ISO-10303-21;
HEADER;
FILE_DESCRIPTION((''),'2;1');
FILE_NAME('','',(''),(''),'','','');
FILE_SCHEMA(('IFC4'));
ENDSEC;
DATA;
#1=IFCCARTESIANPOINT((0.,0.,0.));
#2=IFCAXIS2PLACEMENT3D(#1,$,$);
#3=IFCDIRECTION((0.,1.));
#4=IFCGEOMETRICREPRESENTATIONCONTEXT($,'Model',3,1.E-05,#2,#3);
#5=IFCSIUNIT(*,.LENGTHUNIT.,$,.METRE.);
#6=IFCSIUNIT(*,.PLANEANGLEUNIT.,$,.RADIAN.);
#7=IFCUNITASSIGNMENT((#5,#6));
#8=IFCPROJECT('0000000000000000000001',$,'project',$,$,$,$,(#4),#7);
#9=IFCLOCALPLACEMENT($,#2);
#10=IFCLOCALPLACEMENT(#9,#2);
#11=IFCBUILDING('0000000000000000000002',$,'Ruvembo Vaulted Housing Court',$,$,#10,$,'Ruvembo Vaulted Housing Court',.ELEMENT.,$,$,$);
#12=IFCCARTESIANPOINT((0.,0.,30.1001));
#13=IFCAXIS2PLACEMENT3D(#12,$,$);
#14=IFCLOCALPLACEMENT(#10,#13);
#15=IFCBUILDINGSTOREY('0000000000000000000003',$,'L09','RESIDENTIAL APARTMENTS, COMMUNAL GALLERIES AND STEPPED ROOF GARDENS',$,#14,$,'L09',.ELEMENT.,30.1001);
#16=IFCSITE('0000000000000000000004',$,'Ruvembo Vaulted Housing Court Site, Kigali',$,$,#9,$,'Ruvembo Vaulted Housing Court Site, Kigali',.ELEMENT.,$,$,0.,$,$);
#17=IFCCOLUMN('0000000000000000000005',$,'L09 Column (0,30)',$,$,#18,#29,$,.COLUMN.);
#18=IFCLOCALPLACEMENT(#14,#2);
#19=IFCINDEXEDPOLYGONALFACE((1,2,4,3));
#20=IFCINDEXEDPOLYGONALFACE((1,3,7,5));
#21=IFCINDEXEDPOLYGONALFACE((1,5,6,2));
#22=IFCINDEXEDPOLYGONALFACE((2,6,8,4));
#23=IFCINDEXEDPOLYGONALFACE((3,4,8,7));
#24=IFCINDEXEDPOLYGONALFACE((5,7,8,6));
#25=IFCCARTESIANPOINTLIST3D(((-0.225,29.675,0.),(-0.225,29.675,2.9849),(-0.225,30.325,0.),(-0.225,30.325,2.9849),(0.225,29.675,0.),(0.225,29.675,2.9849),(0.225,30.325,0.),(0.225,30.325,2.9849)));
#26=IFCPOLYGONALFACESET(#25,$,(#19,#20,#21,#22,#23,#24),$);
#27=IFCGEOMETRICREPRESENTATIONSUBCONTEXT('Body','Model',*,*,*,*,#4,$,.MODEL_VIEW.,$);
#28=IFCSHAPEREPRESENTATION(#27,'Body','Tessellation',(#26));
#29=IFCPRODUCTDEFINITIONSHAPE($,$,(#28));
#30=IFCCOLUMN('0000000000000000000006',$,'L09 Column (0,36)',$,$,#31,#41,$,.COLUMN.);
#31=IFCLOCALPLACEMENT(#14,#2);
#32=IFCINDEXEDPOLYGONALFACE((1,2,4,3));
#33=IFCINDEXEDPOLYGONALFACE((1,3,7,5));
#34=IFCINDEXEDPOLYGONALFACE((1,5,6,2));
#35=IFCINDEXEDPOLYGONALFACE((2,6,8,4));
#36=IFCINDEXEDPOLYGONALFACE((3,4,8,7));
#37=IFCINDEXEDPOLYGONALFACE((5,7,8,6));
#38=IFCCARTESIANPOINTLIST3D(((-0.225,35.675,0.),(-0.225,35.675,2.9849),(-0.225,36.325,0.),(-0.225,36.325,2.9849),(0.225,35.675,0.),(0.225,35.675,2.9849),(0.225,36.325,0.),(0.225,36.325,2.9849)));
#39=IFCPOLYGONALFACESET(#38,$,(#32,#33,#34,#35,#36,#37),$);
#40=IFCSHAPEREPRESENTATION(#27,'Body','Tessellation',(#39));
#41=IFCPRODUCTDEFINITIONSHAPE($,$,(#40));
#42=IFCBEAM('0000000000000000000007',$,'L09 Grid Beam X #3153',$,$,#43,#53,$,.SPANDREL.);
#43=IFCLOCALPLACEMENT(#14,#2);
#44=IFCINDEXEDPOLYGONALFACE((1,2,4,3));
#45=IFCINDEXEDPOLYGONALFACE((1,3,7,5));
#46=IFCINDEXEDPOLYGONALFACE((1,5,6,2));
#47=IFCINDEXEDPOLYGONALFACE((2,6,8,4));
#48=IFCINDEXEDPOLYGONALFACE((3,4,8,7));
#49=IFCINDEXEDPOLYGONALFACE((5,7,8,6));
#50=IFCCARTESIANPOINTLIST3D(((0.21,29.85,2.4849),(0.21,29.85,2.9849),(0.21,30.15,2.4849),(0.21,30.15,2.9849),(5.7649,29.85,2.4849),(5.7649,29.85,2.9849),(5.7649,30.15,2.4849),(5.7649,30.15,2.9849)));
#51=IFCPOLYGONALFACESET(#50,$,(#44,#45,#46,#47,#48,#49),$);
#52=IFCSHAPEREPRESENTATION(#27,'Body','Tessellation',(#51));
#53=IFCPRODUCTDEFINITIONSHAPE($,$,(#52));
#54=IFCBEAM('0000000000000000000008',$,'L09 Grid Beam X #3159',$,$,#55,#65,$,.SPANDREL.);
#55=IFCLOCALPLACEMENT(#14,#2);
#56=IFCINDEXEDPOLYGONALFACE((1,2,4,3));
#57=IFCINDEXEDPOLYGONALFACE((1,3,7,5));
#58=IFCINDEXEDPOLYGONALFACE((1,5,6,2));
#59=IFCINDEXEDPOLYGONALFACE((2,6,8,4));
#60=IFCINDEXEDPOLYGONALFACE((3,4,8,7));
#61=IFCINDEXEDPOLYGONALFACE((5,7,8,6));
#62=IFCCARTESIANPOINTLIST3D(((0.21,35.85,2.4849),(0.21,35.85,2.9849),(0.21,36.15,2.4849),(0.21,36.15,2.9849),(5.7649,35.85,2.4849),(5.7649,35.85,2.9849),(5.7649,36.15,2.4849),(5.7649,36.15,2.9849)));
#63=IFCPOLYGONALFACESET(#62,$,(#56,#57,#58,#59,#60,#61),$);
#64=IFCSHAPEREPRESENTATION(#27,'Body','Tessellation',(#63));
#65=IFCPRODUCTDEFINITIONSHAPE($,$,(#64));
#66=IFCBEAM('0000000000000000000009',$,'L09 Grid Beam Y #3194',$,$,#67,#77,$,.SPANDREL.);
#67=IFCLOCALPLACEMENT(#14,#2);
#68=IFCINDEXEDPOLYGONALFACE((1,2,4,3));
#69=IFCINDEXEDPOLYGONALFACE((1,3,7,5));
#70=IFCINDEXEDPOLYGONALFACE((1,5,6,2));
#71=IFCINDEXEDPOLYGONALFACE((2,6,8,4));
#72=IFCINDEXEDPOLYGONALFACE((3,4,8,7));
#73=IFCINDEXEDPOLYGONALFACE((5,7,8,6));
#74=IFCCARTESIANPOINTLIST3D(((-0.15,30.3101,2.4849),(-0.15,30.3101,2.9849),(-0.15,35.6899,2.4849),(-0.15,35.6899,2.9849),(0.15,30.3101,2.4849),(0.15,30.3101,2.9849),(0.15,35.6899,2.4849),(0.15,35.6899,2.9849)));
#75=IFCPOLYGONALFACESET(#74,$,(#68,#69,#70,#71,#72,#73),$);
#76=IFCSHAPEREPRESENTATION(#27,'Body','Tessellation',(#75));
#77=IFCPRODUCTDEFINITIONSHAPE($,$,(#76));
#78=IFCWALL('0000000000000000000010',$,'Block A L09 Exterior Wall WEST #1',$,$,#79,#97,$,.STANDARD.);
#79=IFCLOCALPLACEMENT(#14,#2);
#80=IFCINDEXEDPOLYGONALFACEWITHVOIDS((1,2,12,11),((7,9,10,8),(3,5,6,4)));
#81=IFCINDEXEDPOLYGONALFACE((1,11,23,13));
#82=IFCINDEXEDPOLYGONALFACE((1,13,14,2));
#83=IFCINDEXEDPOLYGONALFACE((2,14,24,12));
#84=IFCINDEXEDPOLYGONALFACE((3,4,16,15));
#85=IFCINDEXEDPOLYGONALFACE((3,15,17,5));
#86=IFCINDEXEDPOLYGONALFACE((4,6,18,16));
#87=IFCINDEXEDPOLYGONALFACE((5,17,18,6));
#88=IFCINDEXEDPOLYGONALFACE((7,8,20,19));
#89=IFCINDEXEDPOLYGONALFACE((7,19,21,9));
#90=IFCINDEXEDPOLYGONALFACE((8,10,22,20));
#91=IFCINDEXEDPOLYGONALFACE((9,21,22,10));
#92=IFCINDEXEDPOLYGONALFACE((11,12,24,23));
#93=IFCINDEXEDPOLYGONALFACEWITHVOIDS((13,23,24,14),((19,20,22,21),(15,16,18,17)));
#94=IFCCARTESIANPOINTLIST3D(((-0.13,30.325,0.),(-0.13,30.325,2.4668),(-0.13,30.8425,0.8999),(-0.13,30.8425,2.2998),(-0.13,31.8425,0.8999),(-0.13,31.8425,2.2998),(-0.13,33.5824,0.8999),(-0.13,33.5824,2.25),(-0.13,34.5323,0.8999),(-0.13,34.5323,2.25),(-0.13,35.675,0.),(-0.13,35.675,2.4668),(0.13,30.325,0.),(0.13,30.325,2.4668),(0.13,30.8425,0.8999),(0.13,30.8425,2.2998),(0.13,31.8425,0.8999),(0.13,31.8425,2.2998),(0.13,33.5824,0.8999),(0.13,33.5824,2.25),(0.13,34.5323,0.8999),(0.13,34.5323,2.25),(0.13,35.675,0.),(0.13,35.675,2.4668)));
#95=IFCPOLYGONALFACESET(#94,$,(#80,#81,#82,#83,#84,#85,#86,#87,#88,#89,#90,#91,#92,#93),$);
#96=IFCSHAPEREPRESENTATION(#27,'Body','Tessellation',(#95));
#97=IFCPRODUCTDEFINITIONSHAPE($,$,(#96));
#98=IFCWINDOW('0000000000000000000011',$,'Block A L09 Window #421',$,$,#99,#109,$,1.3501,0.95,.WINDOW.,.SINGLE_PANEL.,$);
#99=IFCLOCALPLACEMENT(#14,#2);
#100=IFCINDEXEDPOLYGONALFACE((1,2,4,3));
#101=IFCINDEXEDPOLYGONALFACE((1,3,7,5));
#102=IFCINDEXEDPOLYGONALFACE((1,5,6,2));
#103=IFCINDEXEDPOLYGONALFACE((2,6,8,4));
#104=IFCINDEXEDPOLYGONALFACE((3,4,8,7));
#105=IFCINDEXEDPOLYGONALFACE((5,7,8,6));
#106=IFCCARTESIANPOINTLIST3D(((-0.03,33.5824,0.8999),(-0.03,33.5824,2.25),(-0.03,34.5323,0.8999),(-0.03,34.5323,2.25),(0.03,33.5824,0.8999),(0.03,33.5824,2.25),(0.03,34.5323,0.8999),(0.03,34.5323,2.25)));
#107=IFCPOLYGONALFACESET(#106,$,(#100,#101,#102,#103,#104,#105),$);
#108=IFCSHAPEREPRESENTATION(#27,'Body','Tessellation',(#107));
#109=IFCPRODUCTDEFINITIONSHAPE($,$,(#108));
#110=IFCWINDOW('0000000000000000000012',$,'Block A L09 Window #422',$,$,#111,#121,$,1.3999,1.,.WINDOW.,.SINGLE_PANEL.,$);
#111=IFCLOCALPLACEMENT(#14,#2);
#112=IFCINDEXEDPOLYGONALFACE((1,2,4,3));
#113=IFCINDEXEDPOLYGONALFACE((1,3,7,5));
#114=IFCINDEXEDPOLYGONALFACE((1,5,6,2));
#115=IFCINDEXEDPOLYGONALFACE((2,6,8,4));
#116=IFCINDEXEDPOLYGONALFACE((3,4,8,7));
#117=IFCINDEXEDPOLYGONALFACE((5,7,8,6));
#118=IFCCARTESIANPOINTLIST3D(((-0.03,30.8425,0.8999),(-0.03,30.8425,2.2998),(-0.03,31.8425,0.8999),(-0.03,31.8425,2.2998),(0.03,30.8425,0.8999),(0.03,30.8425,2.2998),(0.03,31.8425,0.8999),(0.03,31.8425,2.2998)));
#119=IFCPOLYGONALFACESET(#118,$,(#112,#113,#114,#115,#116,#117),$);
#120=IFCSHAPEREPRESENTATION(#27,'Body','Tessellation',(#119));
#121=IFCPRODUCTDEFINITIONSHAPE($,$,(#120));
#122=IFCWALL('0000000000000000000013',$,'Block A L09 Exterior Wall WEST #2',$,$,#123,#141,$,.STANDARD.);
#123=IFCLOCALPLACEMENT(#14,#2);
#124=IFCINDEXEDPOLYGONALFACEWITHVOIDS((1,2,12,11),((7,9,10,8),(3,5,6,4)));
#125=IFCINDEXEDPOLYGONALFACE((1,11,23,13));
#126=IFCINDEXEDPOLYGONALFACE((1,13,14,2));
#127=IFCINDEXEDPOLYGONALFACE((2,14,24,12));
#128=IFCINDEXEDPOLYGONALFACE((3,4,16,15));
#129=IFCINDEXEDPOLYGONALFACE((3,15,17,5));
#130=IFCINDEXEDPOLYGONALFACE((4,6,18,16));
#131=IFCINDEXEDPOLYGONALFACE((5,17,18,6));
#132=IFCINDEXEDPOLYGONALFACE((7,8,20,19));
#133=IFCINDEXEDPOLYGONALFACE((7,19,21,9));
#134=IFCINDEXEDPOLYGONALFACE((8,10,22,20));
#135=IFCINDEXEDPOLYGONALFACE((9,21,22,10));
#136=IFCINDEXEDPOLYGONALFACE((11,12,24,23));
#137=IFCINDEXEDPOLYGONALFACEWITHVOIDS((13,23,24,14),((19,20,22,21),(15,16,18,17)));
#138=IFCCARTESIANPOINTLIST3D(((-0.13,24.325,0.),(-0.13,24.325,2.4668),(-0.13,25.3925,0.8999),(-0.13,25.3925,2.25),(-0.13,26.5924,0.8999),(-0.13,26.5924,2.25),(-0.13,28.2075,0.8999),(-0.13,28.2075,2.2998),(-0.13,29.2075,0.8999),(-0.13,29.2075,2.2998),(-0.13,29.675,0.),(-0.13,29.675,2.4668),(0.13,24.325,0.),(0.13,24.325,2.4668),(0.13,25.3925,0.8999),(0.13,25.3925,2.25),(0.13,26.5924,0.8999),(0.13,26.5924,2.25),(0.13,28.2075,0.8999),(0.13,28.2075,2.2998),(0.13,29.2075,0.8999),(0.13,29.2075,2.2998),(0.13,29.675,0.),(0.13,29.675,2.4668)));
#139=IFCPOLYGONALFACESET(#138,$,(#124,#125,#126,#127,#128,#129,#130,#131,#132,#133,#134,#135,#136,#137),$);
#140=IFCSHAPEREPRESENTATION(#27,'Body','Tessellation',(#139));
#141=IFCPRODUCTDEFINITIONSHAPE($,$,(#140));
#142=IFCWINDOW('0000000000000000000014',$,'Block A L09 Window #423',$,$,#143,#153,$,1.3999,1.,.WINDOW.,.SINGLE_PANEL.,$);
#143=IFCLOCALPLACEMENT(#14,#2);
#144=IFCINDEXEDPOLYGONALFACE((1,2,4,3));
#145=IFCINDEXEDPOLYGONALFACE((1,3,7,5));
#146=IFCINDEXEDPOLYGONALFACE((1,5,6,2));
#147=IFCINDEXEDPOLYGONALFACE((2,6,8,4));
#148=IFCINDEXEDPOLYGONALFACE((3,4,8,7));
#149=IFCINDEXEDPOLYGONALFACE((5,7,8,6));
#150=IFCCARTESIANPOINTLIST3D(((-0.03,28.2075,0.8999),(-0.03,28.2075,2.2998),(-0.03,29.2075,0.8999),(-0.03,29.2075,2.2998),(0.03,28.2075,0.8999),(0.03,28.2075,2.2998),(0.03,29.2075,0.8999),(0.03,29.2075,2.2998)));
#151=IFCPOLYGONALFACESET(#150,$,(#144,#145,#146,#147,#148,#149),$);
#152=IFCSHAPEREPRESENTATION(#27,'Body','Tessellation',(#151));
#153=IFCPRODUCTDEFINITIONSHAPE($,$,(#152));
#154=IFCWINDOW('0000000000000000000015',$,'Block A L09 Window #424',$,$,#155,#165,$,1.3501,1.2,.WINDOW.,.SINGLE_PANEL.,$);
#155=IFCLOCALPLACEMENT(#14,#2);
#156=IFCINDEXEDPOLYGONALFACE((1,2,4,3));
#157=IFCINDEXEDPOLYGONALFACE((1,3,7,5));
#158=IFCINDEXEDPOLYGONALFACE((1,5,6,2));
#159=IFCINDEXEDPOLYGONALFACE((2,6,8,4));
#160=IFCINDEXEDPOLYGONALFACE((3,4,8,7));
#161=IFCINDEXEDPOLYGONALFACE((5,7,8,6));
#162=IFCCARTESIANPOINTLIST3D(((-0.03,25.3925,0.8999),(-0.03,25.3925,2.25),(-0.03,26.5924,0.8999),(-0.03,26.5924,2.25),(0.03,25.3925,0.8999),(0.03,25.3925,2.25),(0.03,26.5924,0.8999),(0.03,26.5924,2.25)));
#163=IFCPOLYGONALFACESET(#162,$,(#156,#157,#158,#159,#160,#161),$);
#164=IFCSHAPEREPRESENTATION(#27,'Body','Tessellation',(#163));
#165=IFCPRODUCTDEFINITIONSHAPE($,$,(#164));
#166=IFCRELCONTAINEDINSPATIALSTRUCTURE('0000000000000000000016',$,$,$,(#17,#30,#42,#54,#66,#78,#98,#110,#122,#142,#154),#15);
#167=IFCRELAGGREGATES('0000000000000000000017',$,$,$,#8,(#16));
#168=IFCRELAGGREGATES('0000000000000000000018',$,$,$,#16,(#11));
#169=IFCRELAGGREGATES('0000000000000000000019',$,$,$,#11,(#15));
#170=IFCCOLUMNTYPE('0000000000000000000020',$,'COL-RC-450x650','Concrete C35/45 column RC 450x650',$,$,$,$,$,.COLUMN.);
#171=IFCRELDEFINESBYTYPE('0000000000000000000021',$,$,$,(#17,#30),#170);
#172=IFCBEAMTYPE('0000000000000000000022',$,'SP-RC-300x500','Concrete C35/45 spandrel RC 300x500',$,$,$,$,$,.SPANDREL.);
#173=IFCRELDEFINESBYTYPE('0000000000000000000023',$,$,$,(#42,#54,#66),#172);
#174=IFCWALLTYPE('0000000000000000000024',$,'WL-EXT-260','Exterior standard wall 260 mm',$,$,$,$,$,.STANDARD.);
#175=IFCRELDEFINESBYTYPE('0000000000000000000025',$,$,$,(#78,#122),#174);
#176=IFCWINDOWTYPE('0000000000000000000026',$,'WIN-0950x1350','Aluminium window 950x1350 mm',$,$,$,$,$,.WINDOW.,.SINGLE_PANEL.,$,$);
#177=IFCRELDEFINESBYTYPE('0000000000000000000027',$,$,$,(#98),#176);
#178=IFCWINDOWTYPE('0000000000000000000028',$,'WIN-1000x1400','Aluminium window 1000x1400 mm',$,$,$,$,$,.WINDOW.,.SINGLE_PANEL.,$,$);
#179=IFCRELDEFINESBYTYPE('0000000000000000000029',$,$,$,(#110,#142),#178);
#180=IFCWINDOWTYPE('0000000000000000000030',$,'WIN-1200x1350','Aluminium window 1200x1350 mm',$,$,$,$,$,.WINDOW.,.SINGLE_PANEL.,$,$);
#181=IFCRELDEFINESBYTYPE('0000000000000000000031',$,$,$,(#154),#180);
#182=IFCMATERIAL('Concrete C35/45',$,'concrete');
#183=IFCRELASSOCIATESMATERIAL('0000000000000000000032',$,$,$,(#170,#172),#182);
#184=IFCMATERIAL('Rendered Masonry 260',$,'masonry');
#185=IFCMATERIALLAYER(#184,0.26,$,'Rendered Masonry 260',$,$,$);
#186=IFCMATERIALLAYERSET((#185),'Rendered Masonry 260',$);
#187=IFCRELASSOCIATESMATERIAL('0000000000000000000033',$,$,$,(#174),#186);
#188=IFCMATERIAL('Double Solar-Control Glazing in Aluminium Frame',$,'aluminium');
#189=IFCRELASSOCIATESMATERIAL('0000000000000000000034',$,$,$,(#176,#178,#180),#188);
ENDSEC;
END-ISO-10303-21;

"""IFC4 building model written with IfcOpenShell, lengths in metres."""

from ifc_helpers import new_model, si_unit, direction, frame, frame_2d, origin, origin_2d, place, context, subcontext, project, spatial, rectangle, extrude, material, layer, layer_set, material_profile, profile_set, type_object, element, fill, save


model = new_model("IFC4")

# Units and contexts
model_context = context("Model", 3, precision=1e-05, world=origin(), true_north=direction((0.0, 1.0)))
body_context = subcontext(model_context, "Body", "Model", "MODEL_VIEW")
ifc_project = project(units=[si_unit("LENGTHUNIT", "METRE"), si_unit("PLANEANGLEUNIT", "RADIAN")], contexts=[model_context])

# Site, building, storey
site_placement = place(None, origin())
site = spatial("IfcSite", under=ifc_project, at=site_placement, Name="Ruvembo Vaulted Housing Court Site, Kigali", LongName="Ruvembo Vaulted Housing Court Site, Kigali", CompositionType="ELEMENT", RefElevation=0.0)
building_placement = place(site_placement, origin())
building = spatial("IfcBuilding", under=site, at=building_placement, Name="Ruvembo Vaulted Housing Court", LongName="Ruvembo Vaulted Housing Court", CompositionType="ELEMENT")
storey_placement = place(building_placement, frame((0.0, 0.0, 30.1001)))
storey = spatial("IfcBuildingStorey", under=building, at=storey_placement, Name="L09", Description="RESIDENTIAL APARTMENTS, COMMUNAL GALLERIES AND STEPPED ROOF GARDENS", LongName="L09", CompositionType="ELEMENT", Elevation=30.1001)

# Columns
ifc_material_1 = material(Name="Concrete C35/45", Category="concrete")
ifc_material_profile_1 = material_profile(ifc_material_1, rectangle(XDim=0.45, YDim=0.6499, at=origin_2d()), Name="RC 450x650")
ifc_profile_set_1 = profile_set([ifc_material_profile_1], Name="Concrete C35/45")
column_type = type_object("IfcColumnType", Name="COL-RC-450x650", Description="Concrete C35/45 column RC 450x650", PredefinedType="COLUMN", material=ifc_profile_set_1)
for number, where, z_axis, x_axis, name in (
    (1, (0.0, 30.0, 0.0), (0.0, 0.0, 1.0), (1.0, 0.0, 0.0), "L09 Column (0,30)"),
    (2, (0.0, 36.0, 0.0), (0.0, 0.0, 1.0), (1.0, 0.0, 0.0), "L09 Column (0,36)"),
):
    element("IfcColumn", number, at=place(storey_placement, frame(where, z_axis=z_axis, x_axis=x_axis)), inside=storey, type_object=column_type, Name=name, PredefinedType="COLUMN", context=body_context, shape_type="SweptSolid", body=[
        extrude(rectangle(XDim=0.45, YDim=0.6499, at=origin_2d()), origin(), (0.0, 0.0, 1.0), 2.9849),
    ])

# Beams
ifc_material_profile_2 = material_profile(ifc_material_1, rectangle(XDim=0.3, YDim=0.5, at=origin_2d()), Name="RC 300x500")
ifc_profile_set_2 = profile_set([ifc_material_profile_2], Name="Concrete C35/45")
beam_type = type_object("IfcBeamType", Name="SP-RC-300x500", Description="Concrete C35/45 spandrel RC 300x500", PredefinedType="SPANDREL", material=ifc_profile_set_2)
for number, where, z_axis, x_axis, name in (
    (3, (0.21, 30.0, 2.7349), (1.0, 0.0, 0.0), (0.0, 1.0, 0.0), "L09 Grid Beam X #3153"),
    (4, (0.21, 36.0, 2.7349), (1.0, 0.0, 0.0), (0.0, 1.0, 0.0), "L09 Grid Beam X #3159"),
):
    element("IfcBeam", number, at=place(storey_placement, frame(where, z_axis=z_axis, x_axis=x_axis)), inside=storey, type_object=beam_type, Name=name, PredefinedType="SPANDREL", context=body_context, shape_type="SweptSolid", body=[
        extrude(rectangle(XDim=0.3, YDim=0.5, at=origin_2d()), origin(), (0.0, 0.0, 1.0), 5.5549),
    ])
beam_placement = place(storey_placement, frame((0.0, 30.3101, 2.7349), z_axis=(0.0, 1.0, 0.0), x_axis=(-1.0, 0.0, 0.0)))
element("IfcBeam", 5, at=beam_placement, inside=storey, type_object=beam_type, Name="L09 Grid Beam Y #3194", PredefinedType="SPANDREL", context=body_context, shape_type="SweptSolid", body=[
    extrude(rectangle(XDim=0.3, YDim=0.5, at=origin_2d()), origin(), (0.0, 0.0, 1.0), 5.3799),
])

# Walls, openings, windows
ifc_material_2 = material(Name="Rendered Masonry 260", Category="masonry")
ifc_layer_1 = layer(ifc_material_2, 0.26, Name="Rendered Masonry 260")
ifc_layer_set_1 = layer_set([ifc_layer_1], Name="Rendered Masonry 260")
wall_type_1 = type_object("IfcWallType", Name="WL-EXT-260", Description="Exterior standard wall 260 mm", PredefinedType="STANDARD", material=ifc_layer_set_1)
wall_1_placement = place(storey_placement, frame((0.0, 35.675, 0.0), z_axis=(0.0, 0.0, 1.0), x_axis=(0.0, -1.0, 0.0)))
wall_1 = element("IfcWall", 6, at=wall_1_placement, inside=storey, type_object=wall_type_1, Name="Block A L09 Exterior Wall WEST #1", PredefinedType="STANDARD", context=body_context, shape_type="SweptSolid", body=[
    extrude(rectangle(XDim=5.3501, YDim=0.26, at=frame_2d((2.675, 0.0))), origin(), (0.0, 0.0, 1.0), 2.4668),
])
opening_1_placement = place(wall_1_placement, frame((1.1426, 0.0, 0.8999)))
opening_1 = element("IfcOpeningElement", 7, at=opening_1_placement, cuts=wall_1, PredefinedType="OPENING", context=body_context, shape_type="SweptSolid", body=[
    extrude(rectangle(XDim=0.95, YDim=1.3501, at=frame_2d((0.4751, 0.675))), frame((0.0, 0.1399, 0.0), z_axis=(0.0, -1.0, 0.0), x_axis=(1.0, 0.0, 0.0)), (0.0, 0.0, 1.0), 0.28),
])
opening_2_placement = place(wall_1_placement, frame((3.8325, 0.0, 0.8999)))
opening_2 = element("IfcOpeningElement", 8, at=opening_2_placement, cuts=wall_1, PredefinedType="OPENING", context=body_context, shape_type="SweptSolid", body=[
    extrude(rectangle(XDim=1.0, YDim=1.3999, at=frame_2d((0.5, 0.7))), frame((0.0, 0.1399, 0.0), z_axis=(0.0, -1.0, 0.0), x_axis=(1.0, 0.0, 0.0)), (0.0, 0.0, 1.0), 0.28),
])
ifc_material_3 = material(Name="Double Solar-Control Glazing in Aluminium Frame", Category="aluminium")
window_type_1 = type_object("IfcWindowType", Name="WIN-0950x1350", Description="Aluminium window 950x1350 mm", PartitioningType="SINGLE_PANEL", PredefinedType="WINDOW", material=ifc_material_3)
window_1_placement = place(opening_1_placement, origin())
window_1 = element("IfcWindow", 9, at=window_1_placement, inside=storey, type_object=window_type_1, Name="Block A L09 Window #421", OverallHeight=1.3501, OverallWidth=0.95, PartitioningType="SINGLE_PANEL", PredefinedType="WINDOW", context=body_context, shape_type="SweptSolid", body=[
    extrude(rectangle(XDim=0.95, YDim=1.3501, at=frame_2d((0.4751, 0.675))), frame((0.0, 0.03, 0.0), z_axis=(0.0, -1.0, 0.0), x_axis=(1.0, 0.0, 0.0)), (0.0, 0.0, 1.0), 0.0601),
])
fill(opening_1, window_1)
window_type_2 = type_object("IfcWindowType", Name="WIN-1000x1400", Description="Aluminium window 1000x1400 mm", PartitioningType="SINGLE_PANEL", PredefinedType="WINDOW", material=ifc_material_3)
window_2_placement = place(opening_2_placement, origin())
window_2 = element("IfcWindow", 10, at=window_2_placement, inside=storey, type_object=window_type_2, Name="Block A L09 Window #422", OverallHeight=1.3999, OverallWidth=1.0, PartitioningType="SINGLE_PANEL", PredefinedType="WINDOW", context=body_context, shape_type="SweptSolid", body=[
    extrude(rectangle(XDim=1.0, YDim=1.3999, at=frame_2d((0.5, 0.7))), frame((0.0, 0.03, 0.0), z_axis=(0.0, -1.0, 0.0), x_axis=(1.0, 0.0, 0.0)), (0.0, 0.0, 1.0), 0.0601),
])
fill(opening_2, window_2)
wall_2_placement = place(storey_placement, frame((0.0, 29.675, 0.0), z_axis=(0.0, 0.0, 1.0), x_axis=(0.0, -1.0, 0.0)))
wall_2 = element("IfcWall", 11, at=wall_2_placement, inside=storey, type_object=wall_type_1, Name="Block A L09 Exterior Wall WEST #2", PredefinedType="STANDARD", context=body_context, shape_type="SweptSolid", body=[
    extrude(rectangle(XDim=5.3501, YDim=0.26, at=frame_2d((2.675, 0.0))), origin(), (0.0, 0.0, 1.0), 2.4668),
])
opening_3_placement = place(wall_2_placement, frame((0.4675, 0.0, 0.8999)))
opening_3 = element("IfcOpeningElement", 12, at=opening_3_placement, cuts=wall_2, PredefinedType="OPENING", context=body_context, shape_type="SweptSolid", body=[
    extrude(rectangle(XDim=1.0, YDim=1.3999, at=frame_2d((0.5, 0.7))), frame((0.0, 0.1399, 0.0), z_axis=(0.0, -1.0, 0.0), x_axis=(1.0, 0.0, 0.0)), (0.0, 0.0, 1.0), 0.28),
])
opening_4_placement = place(wall_2_placement, frame((3.0825, 0.0, 0.8999)))
opening_4 = element("IfcOpeningElement", 13, at=opening_4_placement, cuts=wall_2, PredefinedType="OPENING", context=body_context, shape_type="SweptSolid", body=[
    extrude(rectangle(XDim=1.2, YDim=1.3501, at=frame_2d((0.6001, 0.675))), frame((0.0, 0.1399, 0.0), z_axis=(0.0, -1.0, 0.0), x_axis=(1.0, 0.0, 0.0)), (0.0, 0.0, 1.0), 0.28),
])
window_3_placement = place(opening_3_placement, origin())
window_3 = element("IfcWindow", 14, at=window_3_placement, inside=storey, type_object=window_type_2, Name="Block A L09 Window #423", OverallHeight=1.3999, OverallWidth=1.0, PartitioningType="SINGLE_PANEL", PredefinedType="WINDOW", context=body_context, shape_type="SweptSolid", body=[
    extrude(rectangle(XDim=1.0, YDim=1.3999, at=frame_2d((0.5, 0.7))), frame((0.0, 0.03, 0.0), z_axis=(0.0, -1.0, 0.0), x_axis=(1.0, 0.0, 0.0)), (0.0, 0.0, 1.0), 0.0601),
])
fill(opening_3, window_3)
window_type_3 = type_object("IfcWindowType", Name="WIN-1200x1350", Description="Aluminium window 1200x1350 mm", PartitioningType="SINGLE_PANEL", PredefinedType="WINDOW", material=ifc_material_3)
window_4_placement = place(opening_4_placement, origin())
window_4 = element("IfcWindow", 15, at=window_4_placement, inside=storey, type_object=window_type_3, Name="Block A L09 Window #424", OverallHeight=1.3501, OverallWidth=1.2, PartitioningType="SINGLE_PANEL", PredefinedType="WINDOW", context=body_context, shape_type="SweptSolid", body=[
    extrude(rectangle(XDim=1.2, YDim=1.3501, at=frame_2d((0.6001, 0.675))), frame((0.0, 0.03, 0.0), z_axis=(0.0, -1.0, 0.0), x_axis=(1.0, 0.0, 0.0)), (0.0, 0.0, 1.0), 0.0601),
])
fill(opening_4, window_4)

save(model, "model.ifc")
